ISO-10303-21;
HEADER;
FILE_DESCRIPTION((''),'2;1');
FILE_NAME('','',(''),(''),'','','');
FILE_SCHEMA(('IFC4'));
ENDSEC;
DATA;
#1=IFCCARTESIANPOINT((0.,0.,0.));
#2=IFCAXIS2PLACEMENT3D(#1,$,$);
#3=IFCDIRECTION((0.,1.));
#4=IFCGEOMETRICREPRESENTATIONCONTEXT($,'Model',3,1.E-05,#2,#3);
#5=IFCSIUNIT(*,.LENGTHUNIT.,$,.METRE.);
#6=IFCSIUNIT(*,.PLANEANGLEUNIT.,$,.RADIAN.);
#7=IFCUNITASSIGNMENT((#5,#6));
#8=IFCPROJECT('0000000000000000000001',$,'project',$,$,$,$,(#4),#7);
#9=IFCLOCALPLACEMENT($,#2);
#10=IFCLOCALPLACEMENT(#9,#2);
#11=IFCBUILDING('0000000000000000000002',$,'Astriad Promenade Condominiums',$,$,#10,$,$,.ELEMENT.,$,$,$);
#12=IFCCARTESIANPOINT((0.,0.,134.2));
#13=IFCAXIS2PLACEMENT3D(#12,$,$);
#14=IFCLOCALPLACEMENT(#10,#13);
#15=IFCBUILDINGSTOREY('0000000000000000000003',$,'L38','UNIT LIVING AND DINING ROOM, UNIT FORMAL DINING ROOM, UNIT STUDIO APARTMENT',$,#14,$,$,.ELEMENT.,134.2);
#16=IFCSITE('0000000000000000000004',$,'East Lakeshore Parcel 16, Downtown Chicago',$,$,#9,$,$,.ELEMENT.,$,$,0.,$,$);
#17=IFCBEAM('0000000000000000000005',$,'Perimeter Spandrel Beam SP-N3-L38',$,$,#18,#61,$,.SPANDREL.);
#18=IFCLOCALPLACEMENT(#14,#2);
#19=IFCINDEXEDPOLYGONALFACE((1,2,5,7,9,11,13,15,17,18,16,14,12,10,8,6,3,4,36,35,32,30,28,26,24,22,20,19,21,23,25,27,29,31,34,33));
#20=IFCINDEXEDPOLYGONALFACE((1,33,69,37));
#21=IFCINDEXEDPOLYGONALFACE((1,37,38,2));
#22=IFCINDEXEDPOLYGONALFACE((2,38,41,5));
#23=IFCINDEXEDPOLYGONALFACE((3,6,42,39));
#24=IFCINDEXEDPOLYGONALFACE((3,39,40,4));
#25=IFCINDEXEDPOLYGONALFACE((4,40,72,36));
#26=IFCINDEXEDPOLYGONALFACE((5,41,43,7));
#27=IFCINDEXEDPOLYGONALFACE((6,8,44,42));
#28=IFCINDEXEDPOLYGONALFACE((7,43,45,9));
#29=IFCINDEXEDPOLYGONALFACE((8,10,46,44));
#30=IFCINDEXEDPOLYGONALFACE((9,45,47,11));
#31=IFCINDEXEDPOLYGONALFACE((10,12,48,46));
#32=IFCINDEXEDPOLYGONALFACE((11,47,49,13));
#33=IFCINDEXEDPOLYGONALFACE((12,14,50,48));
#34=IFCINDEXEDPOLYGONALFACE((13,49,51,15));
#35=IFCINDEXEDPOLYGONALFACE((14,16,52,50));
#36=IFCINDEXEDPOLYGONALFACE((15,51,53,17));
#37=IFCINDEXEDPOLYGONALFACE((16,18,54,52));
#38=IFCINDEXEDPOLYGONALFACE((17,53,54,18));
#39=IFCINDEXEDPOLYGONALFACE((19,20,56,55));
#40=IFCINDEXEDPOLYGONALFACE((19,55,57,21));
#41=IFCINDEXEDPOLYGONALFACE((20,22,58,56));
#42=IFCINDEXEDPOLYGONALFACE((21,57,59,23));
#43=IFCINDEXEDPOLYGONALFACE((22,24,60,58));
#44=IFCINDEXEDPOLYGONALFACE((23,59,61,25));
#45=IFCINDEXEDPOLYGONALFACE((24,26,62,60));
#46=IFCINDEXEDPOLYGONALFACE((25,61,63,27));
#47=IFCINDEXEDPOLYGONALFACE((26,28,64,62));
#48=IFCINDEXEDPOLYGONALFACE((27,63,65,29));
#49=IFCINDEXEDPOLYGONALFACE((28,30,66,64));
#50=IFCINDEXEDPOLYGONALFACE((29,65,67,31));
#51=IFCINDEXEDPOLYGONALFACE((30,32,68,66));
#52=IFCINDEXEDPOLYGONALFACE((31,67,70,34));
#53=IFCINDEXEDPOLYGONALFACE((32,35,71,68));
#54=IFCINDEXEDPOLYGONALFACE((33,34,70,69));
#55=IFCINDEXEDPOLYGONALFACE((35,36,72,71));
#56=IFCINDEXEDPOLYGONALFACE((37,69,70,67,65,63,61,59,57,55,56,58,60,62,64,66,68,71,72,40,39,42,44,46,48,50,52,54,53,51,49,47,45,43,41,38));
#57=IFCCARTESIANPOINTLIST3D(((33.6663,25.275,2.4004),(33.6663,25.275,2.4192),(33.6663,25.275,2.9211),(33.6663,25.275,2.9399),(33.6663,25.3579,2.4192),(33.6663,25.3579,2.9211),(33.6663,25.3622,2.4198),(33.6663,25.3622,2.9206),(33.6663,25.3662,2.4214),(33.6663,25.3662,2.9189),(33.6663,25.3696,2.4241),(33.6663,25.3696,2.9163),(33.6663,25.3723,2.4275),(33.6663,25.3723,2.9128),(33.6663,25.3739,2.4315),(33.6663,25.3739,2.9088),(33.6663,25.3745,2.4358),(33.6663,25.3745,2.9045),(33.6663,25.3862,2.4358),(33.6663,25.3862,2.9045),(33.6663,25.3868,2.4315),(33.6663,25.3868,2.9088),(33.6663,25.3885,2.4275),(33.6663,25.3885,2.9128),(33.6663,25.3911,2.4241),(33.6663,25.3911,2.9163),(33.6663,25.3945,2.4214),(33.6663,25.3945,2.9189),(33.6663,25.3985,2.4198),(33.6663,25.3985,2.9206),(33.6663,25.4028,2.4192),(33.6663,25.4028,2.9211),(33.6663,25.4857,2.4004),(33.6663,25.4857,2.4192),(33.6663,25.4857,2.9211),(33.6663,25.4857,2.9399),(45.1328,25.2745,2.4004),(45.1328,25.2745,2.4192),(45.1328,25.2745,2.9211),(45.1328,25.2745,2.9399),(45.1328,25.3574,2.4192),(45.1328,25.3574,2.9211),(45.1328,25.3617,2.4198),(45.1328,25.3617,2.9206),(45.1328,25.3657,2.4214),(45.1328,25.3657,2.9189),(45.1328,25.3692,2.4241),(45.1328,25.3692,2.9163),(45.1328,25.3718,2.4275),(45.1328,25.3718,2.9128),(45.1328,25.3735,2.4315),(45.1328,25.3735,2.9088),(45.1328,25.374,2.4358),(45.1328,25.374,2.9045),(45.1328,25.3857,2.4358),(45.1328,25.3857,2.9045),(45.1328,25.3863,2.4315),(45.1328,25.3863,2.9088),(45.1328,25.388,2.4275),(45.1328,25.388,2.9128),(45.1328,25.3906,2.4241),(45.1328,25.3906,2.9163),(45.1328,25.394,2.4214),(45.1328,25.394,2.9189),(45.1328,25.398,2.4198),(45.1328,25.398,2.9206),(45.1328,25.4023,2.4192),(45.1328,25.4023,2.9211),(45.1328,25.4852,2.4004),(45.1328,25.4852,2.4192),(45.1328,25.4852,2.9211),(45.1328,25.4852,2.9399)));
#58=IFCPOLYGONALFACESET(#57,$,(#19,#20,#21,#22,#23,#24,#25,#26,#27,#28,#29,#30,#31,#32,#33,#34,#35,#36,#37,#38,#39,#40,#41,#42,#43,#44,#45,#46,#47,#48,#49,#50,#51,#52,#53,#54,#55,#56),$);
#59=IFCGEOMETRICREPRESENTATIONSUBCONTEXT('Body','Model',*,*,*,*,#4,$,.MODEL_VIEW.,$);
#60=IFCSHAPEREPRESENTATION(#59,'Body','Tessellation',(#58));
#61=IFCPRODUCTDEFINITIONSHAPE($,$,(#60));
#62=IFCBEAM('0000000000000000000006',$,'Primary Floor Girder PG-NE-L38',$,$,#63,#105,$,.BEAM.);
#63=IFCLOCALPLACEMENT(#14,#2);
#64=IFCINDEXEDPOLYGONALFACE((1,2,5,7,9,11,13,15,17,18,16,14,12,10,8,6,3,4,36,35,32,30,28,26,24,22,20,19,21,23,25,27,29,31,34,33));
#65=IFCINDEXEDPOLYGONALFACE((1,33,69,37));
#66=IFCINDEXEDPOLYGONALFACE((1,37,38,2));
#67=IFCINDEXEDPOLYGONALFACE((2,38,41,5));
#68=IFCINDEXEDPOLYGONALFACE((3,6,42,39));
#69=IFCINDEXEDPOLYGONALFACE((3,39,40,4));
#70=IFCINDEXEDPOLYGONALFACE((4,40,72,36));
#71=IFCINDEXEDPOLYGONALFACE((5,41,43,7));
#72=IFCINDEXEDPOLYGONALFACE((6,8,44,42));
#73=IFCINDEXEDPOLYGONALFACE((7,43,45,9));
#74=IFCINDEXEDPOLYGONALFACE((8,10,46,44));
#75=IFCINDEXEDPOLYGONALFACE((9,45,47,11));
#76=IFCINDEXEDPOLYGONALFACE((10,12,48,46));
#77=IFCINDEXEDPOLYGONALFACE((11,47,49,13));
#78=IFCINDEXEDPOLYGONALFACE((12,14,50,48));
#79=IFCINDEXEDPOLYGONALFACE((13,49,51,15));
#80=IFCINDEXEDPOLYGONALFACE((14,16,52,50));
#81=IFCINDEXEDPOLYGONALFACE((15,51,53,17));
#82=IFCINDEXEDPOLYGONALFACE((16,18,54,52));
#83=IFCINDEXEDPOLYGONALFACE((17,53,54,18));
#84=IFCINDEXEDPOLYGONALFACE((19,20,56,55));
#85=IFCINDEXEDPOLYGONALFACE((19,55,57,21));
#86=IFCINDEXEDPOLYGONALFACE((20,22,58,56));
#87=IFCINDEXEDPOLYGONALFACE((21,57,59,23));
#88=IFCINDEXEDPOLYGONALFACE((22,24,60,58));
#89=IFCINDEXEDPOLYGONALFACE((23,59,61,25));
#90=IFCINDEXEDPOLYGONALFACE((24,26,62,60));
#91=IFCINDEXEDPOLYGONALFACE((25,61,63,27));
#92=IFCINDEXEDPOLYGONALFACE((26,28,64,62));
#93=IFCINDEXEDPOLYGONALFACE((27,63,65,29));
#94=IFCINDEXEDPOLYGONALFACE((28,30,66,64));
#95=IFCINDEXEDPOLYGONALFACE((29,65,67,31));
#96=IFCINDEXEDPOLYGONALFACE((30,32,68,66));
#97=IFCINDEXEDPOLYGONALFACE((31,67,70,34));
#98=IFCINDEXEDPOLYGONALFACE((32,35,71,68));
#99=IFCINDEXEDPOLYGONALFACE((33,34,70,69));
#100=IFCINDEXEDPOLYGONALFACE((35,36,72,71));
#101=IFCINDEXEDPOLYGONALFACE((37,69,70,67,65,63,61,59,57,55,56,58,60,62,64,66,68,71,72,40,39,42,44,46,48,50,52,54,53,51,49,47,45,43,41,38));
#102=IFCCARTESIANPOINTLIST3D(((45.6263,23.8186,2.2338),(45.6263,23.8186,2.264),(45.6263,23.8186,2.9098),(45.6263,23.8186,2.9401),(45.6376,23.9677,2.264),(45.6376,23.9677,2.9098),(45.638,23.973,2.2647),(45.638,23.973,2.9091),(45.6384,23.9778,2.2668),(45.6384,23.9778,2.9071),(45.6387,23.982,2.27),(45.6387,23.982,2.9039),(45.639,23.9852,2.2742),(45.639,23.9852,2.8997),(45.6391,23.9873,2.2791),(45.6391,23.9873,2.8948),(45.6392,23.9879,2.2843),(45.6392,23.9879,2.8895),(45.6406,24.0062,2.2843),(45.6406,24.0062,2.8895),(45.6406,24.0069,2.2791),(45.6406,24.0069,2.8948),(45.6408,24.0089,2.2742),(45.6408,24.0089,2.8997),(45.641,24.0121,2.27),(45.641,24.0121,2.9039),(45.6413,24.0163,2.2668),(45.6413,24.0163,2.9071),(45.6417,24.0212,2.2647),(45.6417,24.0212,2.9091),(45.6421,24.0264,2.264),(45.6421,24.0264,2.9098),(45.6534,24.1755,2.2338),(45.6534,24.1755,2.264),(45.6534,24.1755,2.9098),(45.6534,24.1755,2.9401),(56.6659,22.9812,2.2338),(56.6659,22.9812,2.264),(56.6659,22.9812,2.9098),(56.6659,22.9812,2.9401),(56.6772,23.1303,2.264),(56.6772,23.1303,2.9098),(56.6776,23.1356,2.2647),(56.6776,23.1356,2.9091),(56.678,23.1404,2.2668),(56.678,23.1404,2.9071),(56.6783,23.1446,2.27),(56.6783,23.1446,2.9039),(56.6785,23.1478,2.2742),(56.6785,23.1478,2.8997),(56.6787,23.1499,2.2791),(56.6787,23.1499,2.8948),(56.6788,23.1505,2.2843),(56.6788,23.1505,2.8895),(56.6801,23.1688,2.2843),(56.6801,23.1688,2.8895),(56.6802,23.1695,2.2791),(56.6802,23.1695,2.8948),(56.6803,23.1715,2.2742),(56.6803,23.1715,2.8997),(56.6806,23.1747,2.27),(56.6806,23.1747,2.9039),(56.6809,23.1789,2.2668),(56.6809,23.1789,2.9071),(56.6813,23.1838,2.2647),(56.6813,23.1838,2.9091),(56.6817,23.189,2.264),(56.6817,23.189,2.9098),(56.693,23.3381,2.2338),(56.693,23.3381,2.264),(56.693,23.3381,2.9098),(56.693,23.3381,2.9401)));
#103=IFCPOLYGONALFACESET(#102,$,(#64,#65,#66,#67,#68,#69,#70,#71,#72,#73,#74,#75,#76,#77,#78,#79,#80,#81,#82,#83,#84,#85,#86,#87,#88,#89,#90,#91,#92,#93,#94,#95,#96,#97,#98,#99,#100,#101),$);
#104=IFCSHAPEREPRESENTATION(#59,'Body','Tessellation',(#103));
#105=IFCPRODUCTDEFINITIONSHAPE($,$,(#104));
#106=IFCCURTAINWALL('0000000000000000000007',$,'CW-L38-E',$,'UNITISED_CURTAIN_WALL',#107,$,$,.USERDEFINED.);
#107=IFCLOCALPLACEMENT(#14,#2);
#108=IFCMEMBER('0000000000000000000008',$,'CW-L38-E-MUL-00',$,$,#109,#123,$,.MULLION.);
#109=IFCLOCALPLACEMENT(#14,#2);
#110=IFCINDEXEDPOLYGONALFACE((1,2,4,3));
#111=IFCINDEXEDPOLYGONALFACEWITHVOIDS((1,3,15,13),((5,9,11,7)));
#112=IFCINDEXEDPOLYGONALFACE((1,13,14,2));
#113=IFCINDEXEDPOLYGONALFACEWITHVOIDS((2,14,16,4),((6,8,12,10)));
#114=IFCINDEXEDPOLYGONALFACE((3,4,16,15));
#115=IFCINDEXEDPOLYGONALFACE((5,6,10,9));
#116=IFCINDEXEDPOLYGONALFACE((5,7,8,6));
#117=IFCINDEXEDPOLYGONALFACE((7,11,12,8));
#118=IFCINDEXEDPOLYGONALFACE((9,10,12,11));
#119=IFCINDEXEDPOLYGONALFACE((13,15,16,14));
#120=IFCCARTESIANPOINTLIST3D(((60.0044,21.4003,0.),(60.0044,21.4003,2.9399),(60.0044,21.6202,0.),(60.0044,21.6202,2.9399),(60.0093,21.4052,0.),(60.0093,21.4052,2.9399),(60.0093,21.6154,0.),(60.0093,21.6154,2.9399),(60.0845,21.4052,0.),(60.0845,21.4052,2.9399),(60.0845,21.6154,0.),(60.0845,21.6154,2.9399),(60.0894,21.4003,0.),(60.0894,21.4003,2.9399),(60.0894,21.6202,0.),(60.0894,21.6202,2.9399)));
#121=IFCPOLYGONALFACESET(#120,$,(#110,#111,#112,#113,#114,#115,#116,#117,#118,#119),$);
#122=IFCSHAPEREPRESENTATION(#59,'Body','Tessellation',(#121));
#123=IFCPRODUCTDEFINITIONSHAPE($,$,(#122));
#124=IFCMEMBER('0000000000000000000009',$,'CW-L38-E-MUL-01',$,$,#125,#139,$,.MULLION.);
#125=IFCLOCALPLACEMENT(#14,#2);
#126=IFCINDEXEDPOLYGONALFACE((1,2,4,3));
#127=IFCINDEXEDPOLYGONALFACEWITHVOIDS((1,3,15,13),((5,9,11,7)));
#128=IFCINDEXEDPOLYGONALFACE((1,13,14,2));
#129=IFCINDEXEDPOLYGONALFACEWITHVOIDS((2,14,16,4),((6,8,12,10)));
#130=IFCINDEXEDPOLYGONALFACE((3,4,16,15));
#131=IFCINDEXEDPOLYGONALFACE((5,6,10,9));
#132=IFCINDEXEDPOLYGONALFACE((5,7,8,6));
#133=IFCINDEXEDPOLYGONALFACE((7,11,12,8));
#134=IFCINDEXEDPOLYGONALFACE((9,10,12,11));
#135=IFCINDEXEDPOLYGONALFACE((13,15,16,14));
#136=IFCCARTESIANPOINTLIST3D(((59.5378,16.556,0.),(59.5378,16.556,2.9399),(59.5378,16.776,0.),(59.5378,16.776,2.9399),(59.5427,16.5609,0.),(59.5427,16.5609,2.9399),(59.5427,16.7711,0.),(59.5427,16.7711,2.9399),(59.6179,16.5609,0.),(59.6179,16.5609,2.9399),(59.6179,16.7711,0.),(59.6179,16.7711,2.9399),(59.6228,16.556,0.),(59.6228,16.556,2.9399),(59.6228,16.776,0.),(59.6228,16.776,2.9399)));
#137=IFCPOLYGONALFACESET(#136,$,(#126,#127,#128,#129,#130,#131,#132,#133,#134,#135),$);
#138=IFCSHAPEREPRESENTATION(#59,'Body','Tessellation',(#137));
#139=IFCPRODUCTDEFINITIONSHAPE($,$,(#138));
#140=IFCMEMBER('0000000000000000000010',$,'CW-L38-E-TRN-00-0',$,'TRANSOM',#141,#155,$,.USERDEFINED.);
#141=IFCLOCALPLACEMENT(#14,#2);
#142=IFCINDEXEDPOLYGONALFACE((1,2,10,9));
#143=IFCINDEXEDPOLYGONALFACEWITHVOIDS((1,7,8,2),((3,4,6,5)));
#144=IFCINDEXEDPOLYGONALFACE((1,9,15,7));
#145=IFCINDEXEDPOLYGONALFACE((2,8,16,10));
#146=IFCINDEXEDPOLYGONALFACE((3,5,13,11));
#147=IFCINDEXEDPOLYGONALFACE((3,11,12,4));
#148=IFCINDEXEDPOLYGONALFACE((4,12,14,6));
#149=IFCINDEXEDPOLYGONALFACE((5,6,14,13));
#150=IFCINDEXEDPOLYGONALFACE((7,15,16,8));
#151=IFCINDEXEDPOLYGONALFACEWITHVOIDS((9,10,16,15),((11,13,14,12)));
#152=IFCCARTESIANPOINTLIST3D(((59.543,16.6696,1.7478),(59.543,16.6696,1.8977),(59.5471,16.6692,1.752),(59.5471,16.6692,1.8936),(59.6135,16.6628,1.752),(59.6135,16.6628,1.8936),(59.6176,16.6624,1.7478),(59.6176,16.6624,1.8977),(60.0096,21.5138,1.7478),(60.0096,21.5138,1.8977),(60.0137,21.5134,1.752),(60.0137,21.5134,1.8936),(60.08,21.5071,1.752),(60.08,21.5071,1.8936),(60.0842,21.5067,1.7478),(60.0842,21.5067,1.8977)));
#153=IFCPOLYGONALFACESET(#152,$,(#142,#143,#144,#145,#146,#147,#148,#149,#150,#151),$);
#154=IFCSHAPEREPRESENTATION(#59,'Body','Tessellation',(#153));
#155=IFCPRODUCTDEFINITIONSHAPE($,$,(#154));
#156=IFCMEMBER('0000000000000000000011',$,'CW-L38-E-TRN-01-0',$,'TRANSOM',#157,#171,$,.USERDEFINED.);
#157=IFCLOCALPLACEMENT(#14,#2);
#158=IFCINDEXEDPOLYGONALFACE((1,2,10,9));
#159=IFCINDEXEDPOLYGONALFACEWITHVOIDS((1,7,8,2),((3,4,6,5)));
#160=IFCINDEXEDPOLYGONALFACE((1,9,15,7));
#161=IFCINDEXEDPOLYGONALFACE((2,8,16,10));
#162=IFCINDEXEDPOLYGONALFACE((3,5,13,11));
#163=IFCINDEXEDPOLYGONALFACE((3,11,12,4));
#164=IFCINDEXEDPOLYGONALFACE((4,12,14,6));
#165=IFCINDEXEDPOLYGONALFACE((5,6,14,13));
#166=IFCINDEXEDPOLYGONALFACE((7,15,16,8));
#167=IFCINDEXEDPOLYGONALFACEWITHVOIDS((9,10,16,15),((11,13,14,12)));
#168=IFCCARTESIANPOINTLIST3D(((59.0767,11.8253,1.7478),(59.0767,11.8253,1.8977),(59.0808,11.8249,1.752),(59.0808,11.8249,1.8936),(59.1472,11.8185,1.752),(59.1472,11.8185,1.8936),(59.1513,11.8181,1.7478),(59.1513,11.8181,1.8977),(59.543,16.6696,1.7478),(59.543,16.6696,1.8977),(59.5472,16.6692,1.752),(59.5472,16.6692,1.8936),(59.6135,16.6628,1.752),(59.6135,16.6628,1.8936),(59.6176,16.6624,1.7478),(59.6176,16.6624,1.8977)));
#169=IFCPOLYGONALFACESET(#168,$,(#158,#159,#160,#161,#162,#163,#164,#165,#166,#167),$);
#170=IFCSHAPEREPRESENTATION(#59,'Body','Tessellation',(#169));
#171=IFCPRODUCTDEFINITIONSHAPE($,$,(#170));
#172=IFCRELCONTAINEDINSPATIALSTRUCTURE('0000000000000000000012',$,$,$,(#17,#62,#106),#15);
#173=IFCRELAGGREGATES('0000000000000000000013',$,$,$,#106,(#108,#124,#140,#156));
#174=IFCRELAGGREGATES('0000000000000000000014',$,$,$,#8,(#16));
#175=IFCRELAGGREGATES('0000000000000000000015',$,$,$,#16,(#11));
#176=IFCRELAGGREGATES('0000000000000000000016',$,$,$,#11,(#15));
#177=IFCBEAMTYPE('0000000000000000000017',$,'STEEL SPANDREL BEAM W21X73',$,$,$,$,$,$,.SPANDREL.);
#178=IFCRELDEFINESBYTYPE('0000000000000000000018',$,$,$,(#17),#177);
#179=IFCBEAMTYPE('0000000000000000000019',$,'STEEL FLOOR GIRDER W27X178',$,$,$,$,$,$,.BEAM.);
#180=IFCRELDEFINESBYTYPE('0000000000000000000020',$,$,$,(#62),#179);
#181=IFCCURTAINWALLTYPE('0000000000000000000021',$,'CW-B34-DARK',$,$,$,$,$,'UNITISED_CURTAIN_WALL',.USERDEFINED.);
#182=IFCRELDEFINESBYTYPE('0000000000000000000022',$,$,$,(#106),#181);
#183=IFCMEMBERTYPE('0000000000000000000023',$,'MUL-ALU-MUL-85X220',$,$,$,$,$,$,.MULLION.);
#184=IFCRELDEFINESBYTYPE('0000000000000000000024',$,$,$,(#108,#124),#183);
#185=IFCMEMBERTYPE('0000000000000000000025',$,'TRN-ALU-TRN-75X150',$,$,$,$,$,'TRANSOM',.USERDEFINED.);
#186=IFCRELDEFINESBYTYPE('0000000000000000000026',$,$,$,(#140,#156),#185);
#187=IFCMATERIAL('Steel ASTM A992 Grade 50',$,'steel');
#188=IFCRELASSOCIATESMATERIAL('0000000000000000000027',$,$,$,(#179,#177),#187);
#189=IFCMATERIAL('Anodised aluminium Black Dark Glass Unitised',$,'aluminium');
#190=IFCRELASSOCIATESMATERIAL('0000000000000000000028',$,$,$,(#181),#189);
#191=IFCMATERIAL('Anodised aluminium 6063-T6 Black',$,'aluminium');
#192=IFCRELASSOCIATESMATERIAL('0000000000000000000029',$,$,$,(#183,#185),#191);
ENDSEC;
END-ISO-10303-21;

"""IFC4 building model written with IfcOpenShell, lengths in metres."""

from ifc_helpers import new_model, si_unit, direction, frame, origin, origin_2d, place, context, subcontext, project, spatial, hollow_rectangle, i_section, extrude, source, transform, mapped, material, material_profile, profile_set, type_object, type_shapes, element, aggregate, save


model = new_model("IFC4")

# Units and contexts
model_context = context("Model", 3, precision=1e-05, world=origin(), true_north=direction((0.0, 1.0)))
body_context = subcontext(model_context, "Body", "Model", "MODEL_VIEW")
ifc_project = project(units=[si_unit("LENGTHUNIT", "METRE"), si_unit("PLANEANGLEUNIT", "RADIAN")], contexts=[model_context])

# Site, building, storey
site_placement = place(None, origin())
site = spatial("IfcSite", under=ifc_project, at=site_placement, Name="East Lakeshore Parcel 16, Downtown Chicago", CompositionType="ELEMENT", RefElevation=0.0)
building_placement = place(site_placement, origin())
building = spatial("IfcBuilding", under=site, at=building_placement, Name="Astriad Promenade Condominiums", CompositionType="ELEMENT")
storey_placement = place(building_placement, frame((0.0, 0.0, 134.2)))
storey = spatial("IfcBuildingStorey", under=building, at=storey_placement, Name="L38", Description="UNIT LIVING AND DINING ROOM, UNIT FORMAL DINING ROOM, UNIT STUDIO APARTMENT", CompositionType="ELEMENT", Elevation=134.2)

# Shared definitions
ifc_material_1 = material(Name="Steel ASTM A992 Grade 50", Category="steel")

# Beams
ifc_material_profile_1 = material_profile(ifc_material_1, i_section(OverallWidth=0.3579, OverallDepth=0.7063, WebThickness=0.0183, FlangeThickness=0.0303, FilletRadius=0.0203, at=origin_2d()), Name="W27X178")
ifc_profile_set_1 = profile_set([ifc_material_profile_1], Name="Steel ASTM A992 Grade 50")
beam_type_1 = type_object("IfcBeamType", Name="STEEL FLOOR GIRDER W27X178", PredefinedType="BEAM", material=ifc_profile_set_1)
ifc_material_profile_2 = material_profile(ifc_material_1, i_section(OverallWidth=0.2107, OverallDepth=0.5396, WebThickness=0.0117, FlangeThickness=0.0188, FilletRadius=0.0166, at=origin_2d()), Name="W21X73")
ifc_profile_set_2 = profile_set([ifc_material_profile_2], Name="Steel ASTM A992 Grade 50")
beam_type_2 = type_object("IfcBeamType", Name="STEEL SPANDREL BEAM W21X73", PredefinedType="SPANDREL", material=ifc_profile_set_2)
shared_shape_1 = source(origin(), body_context, "Body", "SweptSolid", [
    extrude(i_section(OverallWidth=0.2107, OverallDepth=0.5396, WebThickness=0.0117, FlangeThickness=0.0188, FilletRadius=0.0166, at=origin_2d()), origin(), (0.0, 0.0, 1.0), 11.4666),
])
type_shapes(beam_type_2, [shared_shape_1])
beam_1_placement = place(storey_placement, frame((45.1328, 25.3799, 2.6702), z_axis=(-1.0, 0.000043, 0.0), x_axis=(-0.000043, -1.0, 0.0)))
element("IfcBeam", 1, at=beam_1_placement, inside=storey, type_object=beam_type_2, Name="Perimeter Spandrel Beam SP-N3-L38", PredefinedType="SPANDREL", context=body_context, shape_type="MappedRepresentation", body=[
    mapped(shared_shape_1, transform((0.0, 0.0, 0.0), scale=1.0)),
])
shared_shape_2 = source(origin(), body_context, "Body", "SweptSolid", [
    extrude(i_section(OverallWidth=0.3579, OverallDepth=0.7063, WebThickness=0.0183, FlangeThickness=0.0303, FilletRadius=0.0203, at=origin_2d()), origin(), (0.0, 0.0, 1.0), 11.0713),
])
beam_2_placement = place(storey_placement, frame((56.6794, 23.1597, 2.5869), z_axis=(-0.997135, 0.075637, 0.0), x_axis=(-0.075637, -0.997135, 0.0)))
element("IfcBeam", 2, at=beam_2_placement, inside=storey, type_object=beam_type_1, Name="Primary Floor Girder PG-NE-L38", PredefinedType="BEAM", context=body_context, shape_type="MappedRepresentation", body=[
    mapped(shared_shape_2, transform((0.0, 0.0, 0.0), scale=1.0)),
])

# Curtain wall, members
ifc_material_2 = material(Name="Anodised aluminium Black Dark Glass Unitised", Category="aluminium")
curtain_wall_type = type_object("IfcCurtainWallType", Name="CW-B34-DARK", ElementType="UNITISED_CURTAIN_WALL", PredefinedType="USERDEFINED", material=ifc_material_2)
curtain_wall_placement = place(storey_placement, origin())
curtain_wall = element("IfcCurtainWall", 3, at=curtain_wall_placement, inside=storey, type_object=curtain_wall_type, Name="CW-L38-E", ObjectType="UNITISED_CURTAIN_WALL", PredefinedType="USERDEFINED")
ifc_material_3 = material(Name="Anodised aluminium 6063-T6 Black", Category="aluminium")
ifc_material_profile_3 = material_profile(ifc_material_3, hollow_rectangle(XDim=0.085, YDim=0.22, WallThickness=0.0049, at=origin_2d()), Name="ALU-MUL-85X220")
ifc_profile_set_3 = profile_set([ifc_material_profile_3], Name="Anodised aluminium 6063-T6 Black")
member_type_1 = type_object("IfcMemberType", Name="MUL-ALU-MUL-85X220", PredefinedType="MULLION", material=ifc_profile_set_3)
shared_shape_3 = source(origin(), body_context, "Body", "SweptSolid", [
    extrude(hollow_rectangle(XDim=0.085, YDim=0.22, WallThickness=0.0049, at=origin_2d()), origin(), (0.0, 0.0, 1.0), 2.9399),
])
type_shapes(member_type_1, [shared_shape_3])
member_1_placement = place(storey_placement, frame((60.0469, 21.5103, 0.0), z_axis=(0.0, 0.0, 1.0), x_axis=(1.0, 0.0, 0.0)))
member_1 = element("IfcMember", 4, at=member_1_placement, type_object=member_type_1, Name="CW-L38-E-MUL-00", PredefinedType="MULLION", context=body_context, shape_type="MappedRepresentation", body=[
    mapped(shared_shape_3, transform((0.0, 0.0, 0.0), scale=1.0)),
])
member_2_placement = place(storey_placement, frame((59.5803, 16.666, 0.0), z_axis=(0.0, 0.0, 1.0), x_axis=(1.0, 0.0, 0.0)))
member_2 = element("IfcMember", 5, at=member_2_placement, type_object=member_type_1, Name="CW-L38-E-MUL-01", PredefinedType="MULLION", context=body_context, shape_type="MappedRepresentation", body=[
    mapped(shared_shape_3, transform((0.0, 0.0, 0.0), scale=1.0)),
])
ifc_material_profile_4 = material_profile(ifc_material_3, hollow_rectangle(XDim=0.075, YDim=0.1499, WallThickness=0.0042, at=origin_2d()), Name="ALU-TRN-75X150")
ifc_profile_set_4 = profile_set([ifc_material_profile_4], Name="Anodised aluminium 6063-T6 Black")
member_type_2 = type_object("IfcMemberType", Name="TRN-ALU-TRN-75X150", ElementType="TRANSOM", PredefinedType="USERDEFINED", material=ifc_profile_set_4)
shared_shape_4 = source(origin(), body_context, "Body", "SweptSolid", [
    extrude(hollow_rectangle(XDim=0.075, YDim=0.1499, WallThickness=0.0042, at=origin_2d()), origin(), (0.0, 0.0, 1.0), 4.8667),
])
type_shapes(member_type_2, [shared_shape_4])
member_3_placement = place(storey_placement, frame((60.0469, 21.5103, 1.8228), z_axis=(-0.095867, -0.995394, 0.0), x_axis=(0.995394, -0.095867, 0.0)))
member_3 = element("IfcMember", 6, at=member_3_placement, type_object=member_type_2, Name="CW-L38-E-TRN-00-0", ObjectType="TRANSOM", PredefinedType="USERDEFINED", context=body_context, shape_type="MappedRepresentation", body=[
    mapped(shared_shape_4, transform((0.0, 0.0, 0.0), scale=1.0)),
])
member_4_placement = place(storey_placement, frame((59.5803, 16.666, 1.8228), z_axis=(-0.095818, -0.995399, 0.0), x_axis=(0.995399, -0.095818, 0.0)))
member_4 = element("IfcMember", 7, at=member_4_placement, type_object=member_type_2, Name="CW-L38-E-TRN-01-0", ObjectType="TRANSOM", PredefinedType="USERDEFINED", context=body_context, shape_type="MappedRepresentation", body=[
    mapped(shared_shape_4, transform((0.0, 0.0, 0.0), scale=1.0)),
])
aggregate(curtain_wall, [member_1, member_2, member_3, member_4])

save(model, "model.ifc")
